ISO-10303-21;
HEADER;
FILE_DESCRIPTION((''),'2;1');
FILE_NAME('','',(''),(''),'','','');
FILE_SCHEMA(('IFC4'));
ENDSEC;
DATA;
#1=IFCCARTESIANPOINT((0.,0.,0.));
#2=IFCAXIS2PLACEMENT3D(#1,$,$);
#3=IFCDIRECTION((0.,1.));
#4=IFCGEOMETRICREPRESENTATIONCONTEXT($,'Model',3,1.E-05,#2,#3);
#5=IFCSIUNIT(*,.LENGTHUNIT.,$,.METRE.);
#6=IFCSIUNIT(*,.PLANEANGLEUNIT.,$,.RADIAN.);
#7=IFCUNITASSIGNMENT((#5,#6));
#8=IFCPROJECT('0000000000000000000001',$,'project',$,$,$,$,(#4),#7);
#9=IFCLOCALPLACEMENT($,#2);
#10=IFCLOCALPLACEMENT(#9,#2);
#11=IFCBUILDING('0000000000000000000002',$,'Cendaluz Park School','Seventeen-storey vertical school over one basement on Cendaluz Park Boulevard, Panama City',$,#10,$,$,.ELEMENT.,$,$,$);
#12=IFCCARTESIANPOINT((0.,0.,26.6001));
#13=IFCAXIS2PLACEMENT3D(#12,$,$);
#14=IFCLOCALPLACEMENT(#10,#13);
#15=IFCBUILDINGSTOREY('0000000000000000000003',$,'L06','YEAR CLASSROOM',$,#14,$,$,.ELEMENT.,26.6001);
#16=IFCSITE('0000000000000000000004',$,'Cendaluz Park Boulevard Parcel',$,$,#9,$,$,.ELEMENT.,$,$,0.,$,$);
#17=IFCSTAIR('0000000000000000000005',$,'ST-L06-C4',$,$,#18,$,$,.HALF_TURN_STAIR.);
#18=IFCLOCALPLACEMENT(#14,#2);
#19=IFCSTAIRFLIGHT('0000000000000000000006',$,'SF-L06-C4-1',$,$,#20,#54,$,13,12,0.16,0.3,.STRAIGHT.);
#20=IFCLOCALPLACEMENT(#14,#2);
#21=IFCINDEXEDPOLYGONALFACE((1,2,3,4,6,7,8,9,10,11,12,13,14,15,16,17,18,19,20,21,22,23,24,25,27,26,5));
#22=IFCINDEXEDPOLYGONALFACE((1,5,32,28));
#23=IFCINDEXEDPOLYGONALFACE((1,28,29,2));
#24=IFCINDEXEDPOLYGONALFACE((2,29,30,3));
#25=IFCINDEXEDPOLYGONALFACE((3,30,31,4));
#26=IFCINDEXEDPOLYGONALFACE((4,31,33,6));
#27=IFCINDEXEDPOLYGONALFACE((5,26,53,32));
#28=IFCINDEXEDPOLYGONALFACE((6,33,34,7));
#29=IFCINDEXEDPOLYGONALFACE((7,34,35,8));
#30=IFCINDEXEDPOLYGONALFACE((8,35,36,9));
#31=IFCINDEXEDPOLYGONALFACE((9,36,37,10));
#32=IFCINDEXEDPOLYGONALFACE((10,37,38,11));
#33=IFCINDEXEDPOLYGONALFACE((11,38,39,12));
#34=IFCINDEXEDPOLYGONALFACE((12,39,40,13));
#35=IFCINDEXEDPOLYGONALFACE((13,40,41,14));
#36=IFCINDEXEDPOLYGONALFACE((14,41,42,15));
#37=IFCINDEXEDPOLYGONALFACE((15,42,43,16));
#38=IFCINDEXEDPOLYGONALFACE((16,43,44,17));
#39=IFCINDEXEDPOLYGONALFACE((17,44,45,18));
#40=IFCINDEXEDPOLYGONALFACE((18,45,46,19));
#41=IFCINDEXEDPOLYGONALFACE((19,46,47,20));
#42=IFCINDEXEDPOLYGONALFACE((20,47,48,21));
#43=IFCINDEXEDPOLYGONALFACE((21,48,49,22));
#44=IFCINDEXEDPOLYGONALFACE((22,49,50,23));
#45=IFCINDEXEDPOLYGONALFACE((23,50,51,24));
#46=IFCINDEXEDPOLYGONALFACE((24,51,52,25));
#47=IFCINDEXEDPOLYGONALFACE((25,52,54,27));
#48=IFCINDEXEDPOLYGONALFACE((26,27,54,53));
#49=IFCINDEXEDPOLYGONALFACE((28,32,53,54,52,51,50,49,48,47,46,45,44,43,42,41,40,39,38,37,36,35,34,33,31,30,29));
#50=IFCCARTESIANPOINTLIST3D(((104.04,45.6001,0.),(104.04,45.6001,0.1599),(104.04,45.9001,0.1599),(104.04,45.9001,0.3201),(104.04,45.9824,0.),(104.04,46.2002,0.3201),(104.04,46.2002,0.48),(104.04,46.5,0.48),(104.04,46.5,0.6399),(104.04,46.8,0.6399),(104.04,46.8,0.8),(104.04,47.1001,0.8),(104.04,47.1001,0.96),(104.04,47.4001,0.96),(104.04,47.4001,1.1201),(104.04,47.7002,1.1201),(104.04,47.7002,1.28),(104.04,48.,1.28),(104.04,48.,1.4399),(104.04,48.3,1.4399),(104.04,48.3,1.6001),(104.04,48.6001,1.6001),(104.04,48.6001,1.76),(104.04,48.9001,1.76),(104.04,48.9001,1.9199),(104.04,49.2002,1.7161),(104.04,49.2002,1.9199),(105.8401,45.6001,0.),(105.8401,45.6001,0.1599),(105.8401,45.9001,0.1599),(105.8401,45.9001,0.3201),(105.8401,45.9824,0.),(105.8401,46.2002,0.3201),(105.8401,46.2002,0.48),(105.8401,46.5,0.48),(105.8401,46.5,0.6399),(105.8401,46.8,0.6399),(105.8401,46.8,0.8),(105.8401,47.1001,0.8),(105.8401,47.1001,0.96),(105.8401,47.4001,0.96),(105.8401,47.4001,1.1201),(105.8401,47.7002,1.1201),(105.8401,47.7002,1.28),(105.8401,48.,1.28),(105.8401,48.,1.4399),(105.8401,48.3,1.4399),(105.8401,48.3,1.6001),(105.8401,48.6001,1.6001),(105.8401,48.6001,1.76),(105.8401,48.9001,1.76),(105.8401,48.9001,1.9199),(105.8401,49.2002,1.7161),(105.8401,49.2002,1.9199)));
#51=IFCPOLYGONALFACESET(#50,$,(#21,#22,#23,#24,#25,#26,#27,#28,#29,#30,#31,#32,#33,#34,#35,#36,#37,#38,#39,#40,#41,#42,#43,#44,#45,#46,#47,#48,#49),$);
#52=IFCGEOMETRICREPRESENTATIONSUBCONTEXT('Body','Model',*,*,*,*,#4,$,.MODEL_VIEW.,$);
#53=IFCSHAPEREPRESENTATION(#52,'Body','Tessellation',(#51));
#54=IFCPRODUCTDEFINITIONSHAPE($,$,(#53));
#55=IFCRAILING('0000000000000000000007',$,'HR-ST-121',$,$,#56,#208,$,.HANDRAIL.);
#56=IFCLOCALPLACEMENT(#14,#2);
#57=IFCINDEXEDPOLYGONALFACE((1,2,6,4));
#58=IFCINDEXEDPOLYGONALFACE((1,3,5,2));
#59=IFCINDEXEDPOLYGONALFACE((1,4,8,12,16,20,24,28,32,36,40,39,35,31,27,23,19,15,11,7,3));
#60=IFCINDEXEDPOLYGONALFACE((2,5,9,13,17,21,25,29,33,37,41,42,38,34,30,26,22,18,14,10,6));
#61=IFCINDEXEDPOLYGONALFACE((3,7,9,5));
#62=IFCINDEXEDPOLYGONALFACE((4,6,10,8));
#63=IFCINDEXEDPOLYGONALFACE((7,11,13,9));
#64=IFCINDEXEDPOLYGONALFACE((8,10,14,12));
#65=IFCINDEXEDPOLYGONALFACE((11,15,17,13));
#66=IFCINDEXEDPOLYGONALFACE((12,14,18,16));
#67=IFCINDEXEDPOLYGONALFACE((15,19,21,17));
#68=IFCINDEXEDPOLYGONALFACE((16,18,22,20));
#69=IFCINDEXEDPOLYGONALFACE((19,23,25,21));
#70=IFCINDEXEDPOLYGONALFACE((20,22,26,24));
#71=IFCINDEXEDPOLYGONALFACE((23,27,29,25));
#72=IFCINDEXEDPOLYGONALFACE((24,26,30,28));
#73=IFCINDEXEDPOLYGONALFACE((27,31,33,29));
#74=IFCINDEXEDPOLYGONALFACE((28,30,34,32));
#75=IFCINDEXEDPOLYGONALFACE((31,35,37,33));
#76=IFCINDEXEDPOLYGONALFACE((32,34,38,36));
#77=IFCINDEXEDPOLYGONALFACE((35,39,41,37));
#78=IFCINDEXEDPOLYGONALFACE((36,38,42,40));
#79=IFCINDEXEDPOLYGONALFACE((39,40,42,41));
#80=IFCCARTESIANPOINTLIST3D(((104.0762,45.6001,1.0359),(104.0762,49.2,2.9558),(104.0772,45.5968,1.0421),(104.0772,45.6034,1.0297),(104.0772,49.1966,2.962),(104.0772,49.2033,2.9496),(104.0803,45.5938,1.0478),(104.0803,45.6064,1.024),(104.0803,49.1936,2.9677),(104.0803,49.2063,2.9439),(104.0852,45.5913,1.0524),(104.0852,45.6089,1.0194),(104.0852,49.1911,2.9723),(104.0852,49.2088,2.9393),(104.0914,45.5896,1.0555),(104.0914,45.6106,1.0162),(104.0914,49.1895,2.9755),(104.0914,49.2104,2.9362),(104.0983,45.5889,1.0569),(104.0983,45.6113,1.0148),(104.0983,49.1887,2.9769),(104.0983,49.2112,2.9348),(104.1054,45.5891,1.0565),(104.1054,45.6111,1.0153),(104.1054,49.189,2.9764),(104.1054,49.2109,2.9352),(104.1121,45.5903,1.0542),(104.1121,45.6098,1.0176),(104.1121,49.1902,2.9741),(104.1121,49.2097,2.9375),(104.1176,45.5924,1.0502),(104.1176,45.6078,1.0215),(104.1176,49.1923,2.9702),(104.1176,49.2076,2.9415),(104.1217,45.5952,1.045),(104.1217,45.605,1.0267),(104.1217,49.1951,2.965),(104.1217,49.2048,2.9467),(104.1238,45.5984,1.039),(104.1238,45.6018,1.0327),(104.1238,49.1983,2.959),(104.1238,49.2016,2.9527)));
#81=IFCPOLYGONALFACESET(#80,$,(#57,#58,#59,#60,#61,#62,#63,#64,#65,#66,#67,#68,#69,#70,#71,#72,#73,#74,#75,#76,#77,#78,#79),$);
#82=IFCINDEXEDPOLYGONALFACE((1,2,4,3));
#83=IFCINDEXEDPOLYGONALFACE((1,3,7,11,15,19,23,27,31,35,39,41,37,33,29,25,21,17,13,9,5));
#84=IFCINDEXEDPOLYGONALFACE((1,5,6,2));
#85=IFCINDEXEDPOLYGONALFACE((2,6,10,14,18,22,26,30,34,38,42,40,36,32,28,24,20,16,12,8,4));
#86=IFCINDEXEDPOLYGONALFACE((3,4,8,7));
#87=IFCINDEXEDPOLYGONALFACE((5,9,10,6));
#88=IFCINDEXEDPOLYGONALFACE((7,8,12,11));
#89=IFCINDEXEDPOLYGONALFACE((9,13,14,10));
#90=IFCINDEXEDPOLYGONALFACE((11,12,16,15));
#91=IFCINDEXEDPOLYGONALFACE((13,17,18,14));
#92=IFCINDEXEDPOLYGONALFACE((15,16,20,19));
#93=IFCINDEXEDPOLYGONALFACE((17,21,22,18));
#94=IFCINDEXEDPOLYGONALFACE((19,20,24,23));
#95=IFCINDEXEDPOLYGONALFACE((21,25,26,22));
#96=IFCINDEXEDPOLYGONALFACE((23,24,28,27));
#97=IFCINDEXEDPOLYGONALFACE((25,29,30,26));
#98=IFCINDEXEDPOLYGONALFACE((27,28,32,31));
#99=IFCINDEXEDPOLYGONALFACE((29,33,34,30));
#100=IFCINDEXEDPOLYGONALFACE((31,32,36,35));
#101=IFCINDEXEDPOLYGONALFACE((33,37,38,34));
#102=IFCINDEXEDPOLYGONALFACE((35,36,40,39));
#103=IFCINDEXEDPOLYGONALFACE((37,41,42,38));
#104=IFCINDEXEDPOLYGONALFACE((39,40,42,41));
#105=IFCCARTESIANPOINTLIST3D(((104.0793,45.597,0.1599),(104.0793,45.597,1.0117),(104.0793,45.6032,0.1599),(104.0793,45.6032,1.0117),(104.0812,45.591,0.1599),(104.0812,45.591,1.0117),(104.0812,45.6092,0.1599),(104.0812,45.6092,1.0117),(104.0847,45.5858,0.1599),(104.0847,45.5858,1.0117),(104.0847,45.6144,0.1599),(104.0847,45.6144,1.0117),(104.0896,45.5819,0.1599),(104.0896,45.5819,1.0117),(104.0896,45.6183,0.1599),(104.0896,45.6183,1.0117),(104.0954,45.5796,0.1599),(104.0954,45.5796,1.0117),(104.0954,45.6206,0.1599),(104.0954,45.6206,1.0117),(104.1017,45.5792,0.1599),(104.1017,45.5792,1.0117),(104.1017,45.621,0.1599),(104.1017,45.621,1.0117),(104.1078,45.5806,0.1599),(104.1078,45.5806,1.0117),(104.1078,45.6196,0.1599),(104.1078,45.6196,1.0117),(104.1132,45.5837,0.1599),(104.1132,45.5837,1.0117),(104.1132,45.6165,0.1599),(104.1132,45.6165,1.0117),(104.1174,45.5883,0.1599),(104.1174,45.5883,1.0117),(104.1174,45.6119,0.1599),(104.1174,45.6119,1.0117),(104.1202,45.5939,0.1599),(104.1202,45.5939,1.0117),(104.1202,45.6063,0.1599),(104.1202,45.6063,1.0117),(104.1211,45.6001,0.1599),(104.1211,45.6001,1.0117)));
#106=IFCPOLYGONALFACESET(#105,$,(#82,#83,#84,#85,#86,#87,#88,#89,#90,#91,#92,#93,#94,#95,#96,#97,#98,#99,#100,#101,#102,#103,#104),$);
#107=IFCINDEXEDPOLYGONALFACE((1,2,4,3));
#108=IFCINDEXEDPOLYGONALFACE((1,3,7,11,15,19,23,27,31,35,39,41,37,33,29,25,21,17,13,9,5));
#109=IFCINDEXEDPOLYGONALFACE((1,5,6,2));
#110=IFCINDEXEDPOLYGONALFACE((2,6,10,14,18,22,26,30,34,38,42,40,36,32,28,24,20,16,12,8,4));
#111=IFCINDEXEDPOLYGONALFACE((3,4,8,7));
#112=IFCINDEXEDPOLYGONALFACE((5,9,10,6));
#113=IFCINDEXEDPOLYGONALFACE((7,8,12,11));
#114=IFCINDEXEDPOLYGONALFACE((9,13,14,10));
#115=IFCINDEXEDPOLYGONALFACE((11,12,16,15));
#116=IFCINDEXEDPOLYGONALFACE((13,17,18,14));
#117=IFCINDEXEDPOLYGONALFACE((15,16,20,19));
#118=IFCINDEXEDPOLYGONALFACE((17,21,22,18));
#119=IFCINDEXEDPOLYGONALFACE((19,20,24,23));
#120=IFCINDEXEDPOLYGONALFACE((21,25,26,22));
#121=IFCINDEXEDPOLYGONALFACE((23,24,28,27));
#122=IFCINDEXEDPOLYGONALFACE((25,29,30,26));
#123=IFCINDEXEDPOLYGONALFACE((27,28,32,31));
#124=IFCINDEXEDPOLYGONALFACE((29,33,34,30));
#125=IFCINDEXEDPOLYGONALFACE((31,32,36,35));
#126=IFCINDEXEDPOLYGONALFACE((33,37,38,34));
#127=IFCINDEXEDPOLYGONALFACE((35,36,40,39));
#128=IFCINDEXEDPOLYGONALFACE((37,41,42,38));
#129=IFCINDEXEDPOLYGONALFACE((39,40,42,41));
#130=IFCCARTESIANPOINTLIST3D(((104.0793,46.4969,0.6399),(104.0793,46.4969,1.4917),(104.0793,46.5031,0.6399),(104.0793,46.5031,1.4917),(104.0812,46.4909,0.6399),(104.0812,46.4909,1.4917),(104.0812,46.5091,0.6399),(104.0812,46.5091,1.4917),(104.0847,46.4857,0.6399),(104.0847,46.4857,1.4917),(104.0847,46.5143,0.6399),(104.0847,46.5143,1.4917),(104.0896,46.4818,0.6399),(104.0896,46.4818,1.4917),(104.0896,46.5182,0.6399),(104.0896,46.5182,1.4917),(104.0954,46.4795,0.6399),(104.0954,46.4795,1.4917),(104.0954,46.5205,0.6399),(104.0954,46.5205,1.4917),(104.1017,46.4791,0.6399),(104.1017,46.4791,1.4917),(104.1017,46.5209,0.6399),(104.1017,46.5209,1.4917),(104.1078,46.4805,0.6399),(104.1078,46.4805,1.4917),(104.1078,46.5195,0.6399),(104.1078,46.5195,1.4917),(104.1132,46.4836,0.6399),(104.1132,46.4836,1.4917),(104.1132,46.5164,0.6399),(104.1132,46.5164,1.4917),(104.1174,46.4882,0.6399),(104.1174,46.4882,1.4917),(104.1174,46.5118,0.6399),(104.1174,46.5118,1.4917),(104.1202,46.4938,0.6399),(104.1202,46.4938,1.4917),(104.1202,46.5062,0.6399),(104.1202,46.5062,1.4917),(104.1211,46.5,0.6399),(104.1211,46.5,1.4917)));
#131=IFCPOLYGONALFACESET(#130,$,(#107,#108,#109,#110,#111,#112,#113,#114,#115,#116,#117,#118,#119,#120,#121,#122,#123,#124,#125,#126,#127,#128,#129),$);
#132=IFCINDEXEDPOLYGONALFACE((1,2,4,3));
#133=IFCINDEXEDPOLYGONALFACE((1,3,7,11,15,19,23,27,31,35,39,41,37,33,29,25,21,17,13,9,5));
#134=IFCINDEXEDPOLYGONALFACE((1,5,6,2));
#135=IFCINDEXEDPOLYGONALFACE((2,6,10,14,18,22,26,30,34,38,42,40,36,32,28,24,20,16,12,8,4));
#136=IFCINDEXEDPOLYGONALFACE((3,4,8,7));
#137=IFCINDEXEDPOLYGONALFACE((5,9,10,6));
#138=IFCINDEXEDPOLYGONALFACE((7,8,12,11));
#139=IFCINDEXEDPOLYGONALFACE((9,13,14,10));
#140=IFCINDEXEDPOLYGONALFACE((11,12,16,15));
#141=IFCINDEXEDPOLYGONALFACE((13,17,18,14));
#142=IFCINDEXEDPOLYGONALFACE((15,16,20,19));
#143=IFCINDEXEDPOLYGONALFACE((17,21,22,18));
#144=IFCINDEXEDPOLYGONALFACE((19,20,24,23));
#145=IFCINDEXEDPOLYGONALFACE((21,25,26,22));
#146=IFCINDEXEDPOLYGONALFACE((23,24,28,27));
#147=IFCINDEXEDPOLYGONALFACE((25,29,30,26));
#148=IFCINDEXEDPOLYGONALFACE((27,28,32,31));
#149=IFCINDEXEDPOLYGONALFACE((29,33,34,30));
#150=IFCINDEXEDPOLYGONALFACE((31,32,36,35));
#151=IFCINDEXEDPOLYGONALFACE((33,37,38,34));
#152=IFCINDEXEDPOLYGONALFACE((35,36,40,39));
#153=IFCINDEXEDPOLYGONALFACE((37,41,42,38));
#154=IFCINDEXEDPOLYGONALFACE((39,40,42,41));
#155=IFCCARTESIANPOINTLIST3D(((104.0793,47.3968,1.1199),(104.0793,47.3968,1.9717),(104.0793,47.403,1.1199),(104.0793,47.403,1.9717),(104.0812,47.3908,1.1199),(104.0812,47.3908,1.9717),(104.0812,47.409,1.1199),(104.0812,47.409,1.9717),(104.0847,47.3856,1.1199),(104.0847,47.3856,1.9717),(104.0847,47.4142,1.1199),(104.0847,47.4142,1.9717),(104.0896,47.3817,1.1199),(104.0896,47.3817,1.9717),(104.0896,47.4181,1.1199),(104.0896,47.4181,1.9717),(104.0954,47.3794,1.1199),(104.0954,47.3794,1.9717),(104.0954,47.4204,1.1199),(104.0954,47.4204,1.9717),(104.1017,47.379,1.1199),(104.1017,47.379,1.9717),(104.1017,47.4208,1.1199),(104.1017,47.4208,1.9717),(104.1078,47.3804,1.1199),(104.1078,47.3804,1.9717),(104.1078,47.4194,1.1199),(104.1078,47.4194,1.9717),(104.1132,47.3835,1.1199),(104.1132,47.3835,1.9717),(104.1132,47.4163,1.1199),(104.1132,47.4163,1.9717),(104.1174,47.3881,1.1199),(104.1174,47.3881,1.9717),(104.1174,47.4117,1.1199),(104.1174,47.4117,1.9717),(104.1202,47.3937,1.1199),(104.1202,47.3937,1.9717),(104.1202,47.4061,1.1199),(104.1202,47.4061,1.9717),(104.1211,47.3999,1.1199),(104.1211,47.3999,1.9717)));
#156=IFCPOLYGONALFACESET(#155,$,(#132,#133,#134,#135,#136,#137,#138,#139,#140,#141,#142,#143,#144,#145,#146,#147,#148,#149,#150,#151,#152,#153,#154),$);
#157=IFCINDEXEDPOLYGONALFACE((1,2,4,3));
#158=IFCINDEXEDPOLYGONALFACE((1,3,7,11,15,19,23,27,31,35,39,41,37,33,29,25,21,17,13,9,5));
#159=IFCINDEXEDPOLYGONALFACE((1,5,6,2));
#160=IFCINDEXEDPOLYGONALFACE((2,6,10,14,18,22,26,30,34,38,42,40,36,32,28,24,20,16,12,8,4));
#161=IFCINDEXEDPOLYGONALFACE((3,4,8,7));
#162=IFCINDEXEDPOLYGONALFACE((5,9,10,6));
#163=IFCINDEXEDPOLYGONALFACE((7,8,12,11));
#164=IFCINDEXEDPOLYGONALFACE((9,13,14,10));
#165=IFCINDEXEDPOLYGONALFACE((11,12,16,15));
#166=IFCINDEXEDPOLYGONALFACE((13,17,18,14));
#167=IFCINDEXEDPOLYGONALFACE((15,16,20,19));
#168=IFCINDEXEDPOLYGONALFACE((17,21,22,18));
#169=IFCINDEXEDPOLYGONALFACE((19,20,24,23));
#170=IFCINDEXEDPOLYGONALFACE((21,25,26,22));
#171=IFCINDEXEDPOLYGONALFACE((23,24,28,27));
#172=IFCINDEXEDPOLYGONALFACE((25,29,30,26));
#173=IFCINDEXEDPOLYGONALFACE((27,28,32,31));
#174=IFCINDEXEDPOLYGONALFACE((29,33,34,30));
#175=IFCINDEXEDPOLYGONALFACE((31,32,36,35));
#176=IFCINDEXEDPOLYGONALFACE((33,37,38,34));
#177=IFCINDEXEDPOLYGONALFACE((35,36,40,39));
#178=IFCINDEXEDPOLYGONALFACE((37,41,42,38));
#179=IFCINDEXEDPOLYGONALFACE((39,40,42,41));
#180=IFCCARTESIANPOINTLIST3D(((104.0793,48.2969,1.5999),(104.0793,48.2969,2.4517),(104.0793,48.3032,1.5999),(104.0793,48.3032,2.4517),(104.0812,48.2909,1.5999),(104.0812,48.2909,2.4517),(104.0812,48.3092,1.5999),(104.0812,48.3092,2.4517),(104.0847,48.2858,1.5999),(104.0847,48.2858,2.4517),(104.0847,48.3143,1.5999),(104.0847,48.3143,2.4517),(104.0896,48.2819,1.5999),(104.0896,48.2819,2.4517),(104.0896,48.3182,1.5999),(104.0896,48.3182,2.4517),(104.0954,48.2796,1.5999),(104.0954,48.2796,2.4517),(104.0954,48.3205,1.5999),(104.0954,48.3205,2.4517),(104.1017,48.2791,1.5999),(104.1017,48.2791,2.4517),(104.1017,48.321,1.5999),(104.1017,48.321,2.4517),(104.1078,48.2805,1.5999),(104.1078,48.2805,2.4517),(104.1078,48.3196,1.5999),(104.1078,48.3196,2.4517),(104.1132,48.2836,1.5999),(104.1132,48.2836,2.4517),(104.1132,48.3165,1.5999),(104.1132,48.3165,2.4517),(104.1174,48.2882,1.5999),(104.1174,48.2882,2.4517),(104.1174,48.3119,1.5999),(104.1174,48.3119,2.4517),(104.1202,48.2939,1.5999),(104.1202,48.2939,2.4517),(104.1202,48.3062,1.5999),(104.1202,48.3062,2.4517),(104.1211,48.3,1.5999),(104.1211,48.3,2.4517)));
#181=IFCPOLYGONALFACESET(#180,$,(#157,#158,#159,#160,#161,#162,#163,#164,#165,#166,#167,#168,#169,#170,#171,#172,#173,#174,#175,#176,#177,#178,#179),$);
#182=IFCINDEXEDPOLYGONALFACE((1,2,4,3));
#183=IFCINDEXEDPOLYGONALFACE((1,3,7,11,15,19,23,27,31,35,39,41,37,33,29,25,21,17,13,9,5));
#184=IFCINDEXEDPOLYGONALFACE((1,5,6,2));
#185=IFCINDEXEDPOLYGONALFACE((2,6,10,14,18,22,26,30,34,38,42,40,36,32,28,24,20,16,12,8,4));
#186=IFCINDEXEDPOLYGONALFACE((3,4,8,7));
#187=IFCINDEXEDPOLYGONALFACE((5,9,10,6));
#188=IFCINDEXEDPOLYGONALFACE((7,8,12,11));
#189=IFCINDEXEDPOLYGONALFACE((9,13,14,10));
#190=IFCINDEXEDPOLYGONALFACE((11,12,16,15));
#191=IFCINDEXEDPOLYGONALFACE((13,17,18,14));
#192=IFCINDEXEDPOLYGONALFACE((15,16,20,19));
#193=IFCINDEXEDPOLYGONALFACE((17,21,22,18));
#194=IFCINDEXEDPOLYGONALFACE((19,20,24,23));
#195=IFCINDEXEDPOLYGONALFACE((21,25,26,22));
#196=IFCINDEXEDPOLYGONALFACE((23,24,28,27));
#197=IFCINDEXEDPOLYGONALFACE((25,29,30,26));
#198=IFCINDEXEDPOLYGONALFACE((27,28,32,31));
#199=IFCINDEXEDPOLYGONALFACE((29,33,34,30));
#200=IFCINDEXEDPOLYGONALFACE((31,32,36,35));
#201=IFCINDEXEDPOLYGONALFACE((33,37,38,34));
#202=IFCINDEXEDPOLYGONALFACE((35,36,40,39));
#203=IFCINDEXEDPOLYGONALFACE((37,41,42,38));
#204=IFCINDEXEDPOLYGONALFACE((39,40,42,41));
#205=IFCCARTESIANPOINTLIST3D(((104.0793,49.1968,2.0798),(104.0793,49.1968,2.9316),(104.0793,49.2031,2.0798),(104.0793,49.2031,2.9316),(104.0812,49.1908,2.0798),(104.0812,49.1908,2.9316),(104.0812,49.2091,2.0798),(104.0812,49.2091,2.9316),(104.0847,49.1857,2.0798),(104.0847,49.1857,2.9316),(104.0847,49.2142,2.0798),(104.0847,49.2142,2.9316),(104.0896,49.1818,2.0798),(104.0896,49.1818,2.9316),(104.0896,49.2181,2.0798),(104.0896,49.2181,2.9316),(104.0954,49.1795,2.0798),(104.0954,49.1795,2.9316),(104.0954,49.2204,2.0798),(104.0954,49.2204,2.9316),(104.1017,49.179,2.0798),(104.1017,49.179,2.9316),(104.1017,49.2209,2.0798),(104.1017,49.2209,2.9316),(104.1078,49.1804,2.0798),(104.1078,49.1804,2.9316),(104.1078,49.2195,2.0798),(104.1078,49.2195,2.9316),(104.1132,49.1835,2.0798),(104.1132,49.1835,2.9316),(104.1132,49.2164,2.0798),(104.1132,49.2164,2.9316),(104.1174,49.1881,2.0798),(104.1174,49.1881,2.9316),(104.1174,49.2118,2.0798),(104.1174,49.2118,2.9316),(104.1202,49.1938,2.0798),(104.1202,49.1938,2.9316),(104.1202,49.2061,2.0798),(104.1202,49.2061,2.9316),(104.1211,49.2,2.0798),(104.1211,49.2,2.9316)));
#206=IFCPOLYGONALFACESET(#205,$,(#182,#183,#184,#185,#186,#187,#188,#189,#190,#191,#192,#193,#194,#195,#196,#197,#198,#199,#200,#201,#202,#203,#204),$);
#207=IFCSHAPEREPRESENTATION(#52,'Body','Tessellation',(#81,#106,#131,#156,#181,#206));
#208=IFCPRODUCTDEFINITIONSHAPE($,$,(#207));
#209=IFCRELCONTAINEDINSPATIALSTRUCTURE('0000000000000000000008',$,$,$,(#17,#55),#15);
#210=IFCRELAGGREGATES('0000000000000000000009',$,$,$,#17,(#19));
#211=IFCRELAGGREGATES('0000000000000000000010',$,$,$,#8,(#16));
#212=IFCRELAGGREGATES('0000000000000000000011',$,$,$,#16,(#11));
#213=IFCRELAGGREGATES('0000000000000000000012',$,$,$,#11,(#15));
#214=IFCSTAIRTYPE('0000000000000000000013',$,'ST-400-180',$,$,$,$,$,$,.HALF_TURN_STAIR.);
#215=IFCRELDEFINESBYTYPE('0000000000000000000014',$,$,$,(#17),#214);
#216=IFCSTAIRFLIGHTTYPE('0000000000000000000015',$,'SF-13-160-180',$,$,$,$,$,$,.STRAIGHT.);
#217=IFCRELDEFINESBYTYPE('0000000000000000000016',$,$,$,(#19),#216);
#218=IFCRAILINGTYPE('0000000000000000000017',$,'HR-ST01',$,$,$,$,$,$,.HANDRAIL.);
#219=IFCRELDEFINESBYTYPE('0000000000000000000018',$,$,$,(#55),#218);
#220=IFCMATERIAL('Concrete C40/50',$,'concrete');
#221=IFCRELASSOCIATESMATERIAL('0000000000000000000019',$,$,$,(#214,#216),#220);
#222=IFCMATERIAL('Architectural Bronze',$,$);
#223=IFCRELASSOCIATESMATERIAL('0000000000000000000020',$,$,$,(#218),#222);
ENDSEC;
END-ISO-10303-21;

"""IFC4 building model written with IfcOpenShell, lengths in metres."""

from ifc_helpers import new_model, si_unit, direction, frame, origin, origin_2d, place, context, subcontext, project, spatial, polyline, circle, outline, extrude, material, type_object, element, aggregate, save


model = new_model("IFC4")

# Units and contexts
model_context = context("Model", 3, precision=1e-05, world=origin(), true_north=direction((0.0, 1.0)))
body_context = subcontext(model_context, "Body", "Model", "MODEL_VIEW")
ifc_project = project(units=[si_unit("LENGTHUNIT", "METRE"), si_unit("PLANEANGLEUNIT", "RADIAN")], contexts=[model_context])

# Site, building, storey
site_placement = place(None, origin())
site = spatial("IfcSite", under=ifc_project, at=site_placement, Name="Cendaluz Park Boulevard Parcel", CompositionType="ELEMENT", RefElevation=0.0)
building_placement = place(site_placement, origin())
building = spatial("IfcBuilding", under=site, at=building_placement, Name="Cendaluz Park School", Description="Seventeen-storey vertical school over one basement on Cendaluz Park Boulevard, Panama City", CompositionType="ELEMENT")
storey_placement = place(building_placement, frame((0.0, 0.0, 26.6001)))
storey = spatial("IfcBuildingStorey", under=building, at=storey_placement, Name="L06", Description="YEAR CLASSROOM", CompositionType="ELEMENT", Elevation=26.6001)

# Shared definitions
ifc_material_1 = material(Name="Concrete C40/50", Category="concrete")

# Stair, stair flight
stair_type = type_object("IfcStairType", Name="ST-400-180", PredefinedType="HALF_TURN_STAIR", material=ifc_material_1)
stair_placement = place(storey_placement, origin())
stair = element("IfcStair", 1, at=stair_placement, inside=storey, type_object=stair_type, Name="ST-L06-C4", PredefinedType="HALF_TURN_STAIR")
stair_flight_type_1 = type_object("IfcStairFlightType", Name="SF-13-160-180", PredefinedType="STRAIGHT", material=ifc_material_1)
stair_flight_1_placement = place(storey_placement, frame((104.9399, 45.6001, 0.0), z_axis=(0.0, 0.0, 1.0), x_axis=(0.0, 1.0, 0.0)))
stair_flight_1 = element("IfcStairFlight", 2, at=stair_flight_1_placement, type_object=stair_flight_type_1, Name="SF-L06-C4-1", NumberOfRisers=13, NumberOfTreads=12, PredefinedType="STRAIGHT", RiserHeight=0.16, TreadLength=0.3, context=body_context, shape_type="SweptSolid", body=[
    extrude(outline(polyline([(0.0, 0.0), (0.0, 0.1599), (0.3, 0.1599), (0.3, 0.3201), (0.6001, 0.3201), (0.6001, 0.48), (0.8999, 0.48), (0.8999, 0.6399), (1.2, 0.6399), (1.2, 0.8), (1.5, 0.8), (1.5, 0.96), (1.8, 0.96), (1.8, 1.1201), (2.1001, 1.1201), (2.1001, 1.28), (2.3999, 1.28), (2.3999, 1.4399), (2.7, 1.4399), (2.7, 1.6001), (3.0, 1.6001), (3.0, 1.76), (3.3, 1.76), (3.3, 1.9199), (3.6001, 1.9199), (3.6001, 2.0801), (3.6001, 1.7161), (0.3823, 0.0), (0.0, 0.0)])), frame((0.0, 0.8999, 0.0), z_axis=(0.0, -1.0, 0.0), x_axis=(1.0, 0.0, 0.0)), (0.0, 0.0, 1.0), 1.8),
])
aggregate(stair, [stair_flight_1])

# Railing
ifc_material_2 = material(Name="Architectural Bronze")
railing_type_1 = type_object("IfcRailingType", Name="HR-ST01", PredefinedType="HANDRAIL", material=ifc_material_2)
railing_1_placement = place(storey_placement, frame((104.1001, 45.6001, 0.1599)))
element("IfcRailing", 3, at=railing_1_placement, inside=storey, type_object=railing_type_1, Name="HR-ST-121", PredefinedType="HANDRAIL", context=body_context, shape_type="SweptSolid", body=[
    extrude(circle(Radius=0.0239, at=origin_2d()), frame((0.0, 0.0, 0.876), z_axis=(0.0, 0.882353, 0.470588), x_axis=(-1.0, 0.0, 0.0)), (0.0, 0.0, 1.0), 4.0798),
    extrude(circle(Radius=0.021, at=origin_2d()), origin(), (0.0, 0.0, 1.0), 0.8518),
    extrude(circle(Radius=0.021, at=origin_2d()), frame((0.0, 0.8999, 0.48)), (0.0, 0.0, 1.0), 0.8518),
    extrude(circle(Radius=0.021, at=origin_2d()), frame((0.0, 1.7998, 0.96)), (0.0, 0.0, 1.0), 0.8518),
    extrude(circle(Radius=0.021, at=origin_2d()), frame((0.0, 2.7, 1.4399)), (0.0, 0.0, 1.0), 0.8518),
    extrude(circle(Radius=0.021, at=origin_2d()), frame((0.0, 3.5999, 1.9199)), (0.0, 0.0, 1.0), 0.8518),
])

save(model, "model.ifc")
